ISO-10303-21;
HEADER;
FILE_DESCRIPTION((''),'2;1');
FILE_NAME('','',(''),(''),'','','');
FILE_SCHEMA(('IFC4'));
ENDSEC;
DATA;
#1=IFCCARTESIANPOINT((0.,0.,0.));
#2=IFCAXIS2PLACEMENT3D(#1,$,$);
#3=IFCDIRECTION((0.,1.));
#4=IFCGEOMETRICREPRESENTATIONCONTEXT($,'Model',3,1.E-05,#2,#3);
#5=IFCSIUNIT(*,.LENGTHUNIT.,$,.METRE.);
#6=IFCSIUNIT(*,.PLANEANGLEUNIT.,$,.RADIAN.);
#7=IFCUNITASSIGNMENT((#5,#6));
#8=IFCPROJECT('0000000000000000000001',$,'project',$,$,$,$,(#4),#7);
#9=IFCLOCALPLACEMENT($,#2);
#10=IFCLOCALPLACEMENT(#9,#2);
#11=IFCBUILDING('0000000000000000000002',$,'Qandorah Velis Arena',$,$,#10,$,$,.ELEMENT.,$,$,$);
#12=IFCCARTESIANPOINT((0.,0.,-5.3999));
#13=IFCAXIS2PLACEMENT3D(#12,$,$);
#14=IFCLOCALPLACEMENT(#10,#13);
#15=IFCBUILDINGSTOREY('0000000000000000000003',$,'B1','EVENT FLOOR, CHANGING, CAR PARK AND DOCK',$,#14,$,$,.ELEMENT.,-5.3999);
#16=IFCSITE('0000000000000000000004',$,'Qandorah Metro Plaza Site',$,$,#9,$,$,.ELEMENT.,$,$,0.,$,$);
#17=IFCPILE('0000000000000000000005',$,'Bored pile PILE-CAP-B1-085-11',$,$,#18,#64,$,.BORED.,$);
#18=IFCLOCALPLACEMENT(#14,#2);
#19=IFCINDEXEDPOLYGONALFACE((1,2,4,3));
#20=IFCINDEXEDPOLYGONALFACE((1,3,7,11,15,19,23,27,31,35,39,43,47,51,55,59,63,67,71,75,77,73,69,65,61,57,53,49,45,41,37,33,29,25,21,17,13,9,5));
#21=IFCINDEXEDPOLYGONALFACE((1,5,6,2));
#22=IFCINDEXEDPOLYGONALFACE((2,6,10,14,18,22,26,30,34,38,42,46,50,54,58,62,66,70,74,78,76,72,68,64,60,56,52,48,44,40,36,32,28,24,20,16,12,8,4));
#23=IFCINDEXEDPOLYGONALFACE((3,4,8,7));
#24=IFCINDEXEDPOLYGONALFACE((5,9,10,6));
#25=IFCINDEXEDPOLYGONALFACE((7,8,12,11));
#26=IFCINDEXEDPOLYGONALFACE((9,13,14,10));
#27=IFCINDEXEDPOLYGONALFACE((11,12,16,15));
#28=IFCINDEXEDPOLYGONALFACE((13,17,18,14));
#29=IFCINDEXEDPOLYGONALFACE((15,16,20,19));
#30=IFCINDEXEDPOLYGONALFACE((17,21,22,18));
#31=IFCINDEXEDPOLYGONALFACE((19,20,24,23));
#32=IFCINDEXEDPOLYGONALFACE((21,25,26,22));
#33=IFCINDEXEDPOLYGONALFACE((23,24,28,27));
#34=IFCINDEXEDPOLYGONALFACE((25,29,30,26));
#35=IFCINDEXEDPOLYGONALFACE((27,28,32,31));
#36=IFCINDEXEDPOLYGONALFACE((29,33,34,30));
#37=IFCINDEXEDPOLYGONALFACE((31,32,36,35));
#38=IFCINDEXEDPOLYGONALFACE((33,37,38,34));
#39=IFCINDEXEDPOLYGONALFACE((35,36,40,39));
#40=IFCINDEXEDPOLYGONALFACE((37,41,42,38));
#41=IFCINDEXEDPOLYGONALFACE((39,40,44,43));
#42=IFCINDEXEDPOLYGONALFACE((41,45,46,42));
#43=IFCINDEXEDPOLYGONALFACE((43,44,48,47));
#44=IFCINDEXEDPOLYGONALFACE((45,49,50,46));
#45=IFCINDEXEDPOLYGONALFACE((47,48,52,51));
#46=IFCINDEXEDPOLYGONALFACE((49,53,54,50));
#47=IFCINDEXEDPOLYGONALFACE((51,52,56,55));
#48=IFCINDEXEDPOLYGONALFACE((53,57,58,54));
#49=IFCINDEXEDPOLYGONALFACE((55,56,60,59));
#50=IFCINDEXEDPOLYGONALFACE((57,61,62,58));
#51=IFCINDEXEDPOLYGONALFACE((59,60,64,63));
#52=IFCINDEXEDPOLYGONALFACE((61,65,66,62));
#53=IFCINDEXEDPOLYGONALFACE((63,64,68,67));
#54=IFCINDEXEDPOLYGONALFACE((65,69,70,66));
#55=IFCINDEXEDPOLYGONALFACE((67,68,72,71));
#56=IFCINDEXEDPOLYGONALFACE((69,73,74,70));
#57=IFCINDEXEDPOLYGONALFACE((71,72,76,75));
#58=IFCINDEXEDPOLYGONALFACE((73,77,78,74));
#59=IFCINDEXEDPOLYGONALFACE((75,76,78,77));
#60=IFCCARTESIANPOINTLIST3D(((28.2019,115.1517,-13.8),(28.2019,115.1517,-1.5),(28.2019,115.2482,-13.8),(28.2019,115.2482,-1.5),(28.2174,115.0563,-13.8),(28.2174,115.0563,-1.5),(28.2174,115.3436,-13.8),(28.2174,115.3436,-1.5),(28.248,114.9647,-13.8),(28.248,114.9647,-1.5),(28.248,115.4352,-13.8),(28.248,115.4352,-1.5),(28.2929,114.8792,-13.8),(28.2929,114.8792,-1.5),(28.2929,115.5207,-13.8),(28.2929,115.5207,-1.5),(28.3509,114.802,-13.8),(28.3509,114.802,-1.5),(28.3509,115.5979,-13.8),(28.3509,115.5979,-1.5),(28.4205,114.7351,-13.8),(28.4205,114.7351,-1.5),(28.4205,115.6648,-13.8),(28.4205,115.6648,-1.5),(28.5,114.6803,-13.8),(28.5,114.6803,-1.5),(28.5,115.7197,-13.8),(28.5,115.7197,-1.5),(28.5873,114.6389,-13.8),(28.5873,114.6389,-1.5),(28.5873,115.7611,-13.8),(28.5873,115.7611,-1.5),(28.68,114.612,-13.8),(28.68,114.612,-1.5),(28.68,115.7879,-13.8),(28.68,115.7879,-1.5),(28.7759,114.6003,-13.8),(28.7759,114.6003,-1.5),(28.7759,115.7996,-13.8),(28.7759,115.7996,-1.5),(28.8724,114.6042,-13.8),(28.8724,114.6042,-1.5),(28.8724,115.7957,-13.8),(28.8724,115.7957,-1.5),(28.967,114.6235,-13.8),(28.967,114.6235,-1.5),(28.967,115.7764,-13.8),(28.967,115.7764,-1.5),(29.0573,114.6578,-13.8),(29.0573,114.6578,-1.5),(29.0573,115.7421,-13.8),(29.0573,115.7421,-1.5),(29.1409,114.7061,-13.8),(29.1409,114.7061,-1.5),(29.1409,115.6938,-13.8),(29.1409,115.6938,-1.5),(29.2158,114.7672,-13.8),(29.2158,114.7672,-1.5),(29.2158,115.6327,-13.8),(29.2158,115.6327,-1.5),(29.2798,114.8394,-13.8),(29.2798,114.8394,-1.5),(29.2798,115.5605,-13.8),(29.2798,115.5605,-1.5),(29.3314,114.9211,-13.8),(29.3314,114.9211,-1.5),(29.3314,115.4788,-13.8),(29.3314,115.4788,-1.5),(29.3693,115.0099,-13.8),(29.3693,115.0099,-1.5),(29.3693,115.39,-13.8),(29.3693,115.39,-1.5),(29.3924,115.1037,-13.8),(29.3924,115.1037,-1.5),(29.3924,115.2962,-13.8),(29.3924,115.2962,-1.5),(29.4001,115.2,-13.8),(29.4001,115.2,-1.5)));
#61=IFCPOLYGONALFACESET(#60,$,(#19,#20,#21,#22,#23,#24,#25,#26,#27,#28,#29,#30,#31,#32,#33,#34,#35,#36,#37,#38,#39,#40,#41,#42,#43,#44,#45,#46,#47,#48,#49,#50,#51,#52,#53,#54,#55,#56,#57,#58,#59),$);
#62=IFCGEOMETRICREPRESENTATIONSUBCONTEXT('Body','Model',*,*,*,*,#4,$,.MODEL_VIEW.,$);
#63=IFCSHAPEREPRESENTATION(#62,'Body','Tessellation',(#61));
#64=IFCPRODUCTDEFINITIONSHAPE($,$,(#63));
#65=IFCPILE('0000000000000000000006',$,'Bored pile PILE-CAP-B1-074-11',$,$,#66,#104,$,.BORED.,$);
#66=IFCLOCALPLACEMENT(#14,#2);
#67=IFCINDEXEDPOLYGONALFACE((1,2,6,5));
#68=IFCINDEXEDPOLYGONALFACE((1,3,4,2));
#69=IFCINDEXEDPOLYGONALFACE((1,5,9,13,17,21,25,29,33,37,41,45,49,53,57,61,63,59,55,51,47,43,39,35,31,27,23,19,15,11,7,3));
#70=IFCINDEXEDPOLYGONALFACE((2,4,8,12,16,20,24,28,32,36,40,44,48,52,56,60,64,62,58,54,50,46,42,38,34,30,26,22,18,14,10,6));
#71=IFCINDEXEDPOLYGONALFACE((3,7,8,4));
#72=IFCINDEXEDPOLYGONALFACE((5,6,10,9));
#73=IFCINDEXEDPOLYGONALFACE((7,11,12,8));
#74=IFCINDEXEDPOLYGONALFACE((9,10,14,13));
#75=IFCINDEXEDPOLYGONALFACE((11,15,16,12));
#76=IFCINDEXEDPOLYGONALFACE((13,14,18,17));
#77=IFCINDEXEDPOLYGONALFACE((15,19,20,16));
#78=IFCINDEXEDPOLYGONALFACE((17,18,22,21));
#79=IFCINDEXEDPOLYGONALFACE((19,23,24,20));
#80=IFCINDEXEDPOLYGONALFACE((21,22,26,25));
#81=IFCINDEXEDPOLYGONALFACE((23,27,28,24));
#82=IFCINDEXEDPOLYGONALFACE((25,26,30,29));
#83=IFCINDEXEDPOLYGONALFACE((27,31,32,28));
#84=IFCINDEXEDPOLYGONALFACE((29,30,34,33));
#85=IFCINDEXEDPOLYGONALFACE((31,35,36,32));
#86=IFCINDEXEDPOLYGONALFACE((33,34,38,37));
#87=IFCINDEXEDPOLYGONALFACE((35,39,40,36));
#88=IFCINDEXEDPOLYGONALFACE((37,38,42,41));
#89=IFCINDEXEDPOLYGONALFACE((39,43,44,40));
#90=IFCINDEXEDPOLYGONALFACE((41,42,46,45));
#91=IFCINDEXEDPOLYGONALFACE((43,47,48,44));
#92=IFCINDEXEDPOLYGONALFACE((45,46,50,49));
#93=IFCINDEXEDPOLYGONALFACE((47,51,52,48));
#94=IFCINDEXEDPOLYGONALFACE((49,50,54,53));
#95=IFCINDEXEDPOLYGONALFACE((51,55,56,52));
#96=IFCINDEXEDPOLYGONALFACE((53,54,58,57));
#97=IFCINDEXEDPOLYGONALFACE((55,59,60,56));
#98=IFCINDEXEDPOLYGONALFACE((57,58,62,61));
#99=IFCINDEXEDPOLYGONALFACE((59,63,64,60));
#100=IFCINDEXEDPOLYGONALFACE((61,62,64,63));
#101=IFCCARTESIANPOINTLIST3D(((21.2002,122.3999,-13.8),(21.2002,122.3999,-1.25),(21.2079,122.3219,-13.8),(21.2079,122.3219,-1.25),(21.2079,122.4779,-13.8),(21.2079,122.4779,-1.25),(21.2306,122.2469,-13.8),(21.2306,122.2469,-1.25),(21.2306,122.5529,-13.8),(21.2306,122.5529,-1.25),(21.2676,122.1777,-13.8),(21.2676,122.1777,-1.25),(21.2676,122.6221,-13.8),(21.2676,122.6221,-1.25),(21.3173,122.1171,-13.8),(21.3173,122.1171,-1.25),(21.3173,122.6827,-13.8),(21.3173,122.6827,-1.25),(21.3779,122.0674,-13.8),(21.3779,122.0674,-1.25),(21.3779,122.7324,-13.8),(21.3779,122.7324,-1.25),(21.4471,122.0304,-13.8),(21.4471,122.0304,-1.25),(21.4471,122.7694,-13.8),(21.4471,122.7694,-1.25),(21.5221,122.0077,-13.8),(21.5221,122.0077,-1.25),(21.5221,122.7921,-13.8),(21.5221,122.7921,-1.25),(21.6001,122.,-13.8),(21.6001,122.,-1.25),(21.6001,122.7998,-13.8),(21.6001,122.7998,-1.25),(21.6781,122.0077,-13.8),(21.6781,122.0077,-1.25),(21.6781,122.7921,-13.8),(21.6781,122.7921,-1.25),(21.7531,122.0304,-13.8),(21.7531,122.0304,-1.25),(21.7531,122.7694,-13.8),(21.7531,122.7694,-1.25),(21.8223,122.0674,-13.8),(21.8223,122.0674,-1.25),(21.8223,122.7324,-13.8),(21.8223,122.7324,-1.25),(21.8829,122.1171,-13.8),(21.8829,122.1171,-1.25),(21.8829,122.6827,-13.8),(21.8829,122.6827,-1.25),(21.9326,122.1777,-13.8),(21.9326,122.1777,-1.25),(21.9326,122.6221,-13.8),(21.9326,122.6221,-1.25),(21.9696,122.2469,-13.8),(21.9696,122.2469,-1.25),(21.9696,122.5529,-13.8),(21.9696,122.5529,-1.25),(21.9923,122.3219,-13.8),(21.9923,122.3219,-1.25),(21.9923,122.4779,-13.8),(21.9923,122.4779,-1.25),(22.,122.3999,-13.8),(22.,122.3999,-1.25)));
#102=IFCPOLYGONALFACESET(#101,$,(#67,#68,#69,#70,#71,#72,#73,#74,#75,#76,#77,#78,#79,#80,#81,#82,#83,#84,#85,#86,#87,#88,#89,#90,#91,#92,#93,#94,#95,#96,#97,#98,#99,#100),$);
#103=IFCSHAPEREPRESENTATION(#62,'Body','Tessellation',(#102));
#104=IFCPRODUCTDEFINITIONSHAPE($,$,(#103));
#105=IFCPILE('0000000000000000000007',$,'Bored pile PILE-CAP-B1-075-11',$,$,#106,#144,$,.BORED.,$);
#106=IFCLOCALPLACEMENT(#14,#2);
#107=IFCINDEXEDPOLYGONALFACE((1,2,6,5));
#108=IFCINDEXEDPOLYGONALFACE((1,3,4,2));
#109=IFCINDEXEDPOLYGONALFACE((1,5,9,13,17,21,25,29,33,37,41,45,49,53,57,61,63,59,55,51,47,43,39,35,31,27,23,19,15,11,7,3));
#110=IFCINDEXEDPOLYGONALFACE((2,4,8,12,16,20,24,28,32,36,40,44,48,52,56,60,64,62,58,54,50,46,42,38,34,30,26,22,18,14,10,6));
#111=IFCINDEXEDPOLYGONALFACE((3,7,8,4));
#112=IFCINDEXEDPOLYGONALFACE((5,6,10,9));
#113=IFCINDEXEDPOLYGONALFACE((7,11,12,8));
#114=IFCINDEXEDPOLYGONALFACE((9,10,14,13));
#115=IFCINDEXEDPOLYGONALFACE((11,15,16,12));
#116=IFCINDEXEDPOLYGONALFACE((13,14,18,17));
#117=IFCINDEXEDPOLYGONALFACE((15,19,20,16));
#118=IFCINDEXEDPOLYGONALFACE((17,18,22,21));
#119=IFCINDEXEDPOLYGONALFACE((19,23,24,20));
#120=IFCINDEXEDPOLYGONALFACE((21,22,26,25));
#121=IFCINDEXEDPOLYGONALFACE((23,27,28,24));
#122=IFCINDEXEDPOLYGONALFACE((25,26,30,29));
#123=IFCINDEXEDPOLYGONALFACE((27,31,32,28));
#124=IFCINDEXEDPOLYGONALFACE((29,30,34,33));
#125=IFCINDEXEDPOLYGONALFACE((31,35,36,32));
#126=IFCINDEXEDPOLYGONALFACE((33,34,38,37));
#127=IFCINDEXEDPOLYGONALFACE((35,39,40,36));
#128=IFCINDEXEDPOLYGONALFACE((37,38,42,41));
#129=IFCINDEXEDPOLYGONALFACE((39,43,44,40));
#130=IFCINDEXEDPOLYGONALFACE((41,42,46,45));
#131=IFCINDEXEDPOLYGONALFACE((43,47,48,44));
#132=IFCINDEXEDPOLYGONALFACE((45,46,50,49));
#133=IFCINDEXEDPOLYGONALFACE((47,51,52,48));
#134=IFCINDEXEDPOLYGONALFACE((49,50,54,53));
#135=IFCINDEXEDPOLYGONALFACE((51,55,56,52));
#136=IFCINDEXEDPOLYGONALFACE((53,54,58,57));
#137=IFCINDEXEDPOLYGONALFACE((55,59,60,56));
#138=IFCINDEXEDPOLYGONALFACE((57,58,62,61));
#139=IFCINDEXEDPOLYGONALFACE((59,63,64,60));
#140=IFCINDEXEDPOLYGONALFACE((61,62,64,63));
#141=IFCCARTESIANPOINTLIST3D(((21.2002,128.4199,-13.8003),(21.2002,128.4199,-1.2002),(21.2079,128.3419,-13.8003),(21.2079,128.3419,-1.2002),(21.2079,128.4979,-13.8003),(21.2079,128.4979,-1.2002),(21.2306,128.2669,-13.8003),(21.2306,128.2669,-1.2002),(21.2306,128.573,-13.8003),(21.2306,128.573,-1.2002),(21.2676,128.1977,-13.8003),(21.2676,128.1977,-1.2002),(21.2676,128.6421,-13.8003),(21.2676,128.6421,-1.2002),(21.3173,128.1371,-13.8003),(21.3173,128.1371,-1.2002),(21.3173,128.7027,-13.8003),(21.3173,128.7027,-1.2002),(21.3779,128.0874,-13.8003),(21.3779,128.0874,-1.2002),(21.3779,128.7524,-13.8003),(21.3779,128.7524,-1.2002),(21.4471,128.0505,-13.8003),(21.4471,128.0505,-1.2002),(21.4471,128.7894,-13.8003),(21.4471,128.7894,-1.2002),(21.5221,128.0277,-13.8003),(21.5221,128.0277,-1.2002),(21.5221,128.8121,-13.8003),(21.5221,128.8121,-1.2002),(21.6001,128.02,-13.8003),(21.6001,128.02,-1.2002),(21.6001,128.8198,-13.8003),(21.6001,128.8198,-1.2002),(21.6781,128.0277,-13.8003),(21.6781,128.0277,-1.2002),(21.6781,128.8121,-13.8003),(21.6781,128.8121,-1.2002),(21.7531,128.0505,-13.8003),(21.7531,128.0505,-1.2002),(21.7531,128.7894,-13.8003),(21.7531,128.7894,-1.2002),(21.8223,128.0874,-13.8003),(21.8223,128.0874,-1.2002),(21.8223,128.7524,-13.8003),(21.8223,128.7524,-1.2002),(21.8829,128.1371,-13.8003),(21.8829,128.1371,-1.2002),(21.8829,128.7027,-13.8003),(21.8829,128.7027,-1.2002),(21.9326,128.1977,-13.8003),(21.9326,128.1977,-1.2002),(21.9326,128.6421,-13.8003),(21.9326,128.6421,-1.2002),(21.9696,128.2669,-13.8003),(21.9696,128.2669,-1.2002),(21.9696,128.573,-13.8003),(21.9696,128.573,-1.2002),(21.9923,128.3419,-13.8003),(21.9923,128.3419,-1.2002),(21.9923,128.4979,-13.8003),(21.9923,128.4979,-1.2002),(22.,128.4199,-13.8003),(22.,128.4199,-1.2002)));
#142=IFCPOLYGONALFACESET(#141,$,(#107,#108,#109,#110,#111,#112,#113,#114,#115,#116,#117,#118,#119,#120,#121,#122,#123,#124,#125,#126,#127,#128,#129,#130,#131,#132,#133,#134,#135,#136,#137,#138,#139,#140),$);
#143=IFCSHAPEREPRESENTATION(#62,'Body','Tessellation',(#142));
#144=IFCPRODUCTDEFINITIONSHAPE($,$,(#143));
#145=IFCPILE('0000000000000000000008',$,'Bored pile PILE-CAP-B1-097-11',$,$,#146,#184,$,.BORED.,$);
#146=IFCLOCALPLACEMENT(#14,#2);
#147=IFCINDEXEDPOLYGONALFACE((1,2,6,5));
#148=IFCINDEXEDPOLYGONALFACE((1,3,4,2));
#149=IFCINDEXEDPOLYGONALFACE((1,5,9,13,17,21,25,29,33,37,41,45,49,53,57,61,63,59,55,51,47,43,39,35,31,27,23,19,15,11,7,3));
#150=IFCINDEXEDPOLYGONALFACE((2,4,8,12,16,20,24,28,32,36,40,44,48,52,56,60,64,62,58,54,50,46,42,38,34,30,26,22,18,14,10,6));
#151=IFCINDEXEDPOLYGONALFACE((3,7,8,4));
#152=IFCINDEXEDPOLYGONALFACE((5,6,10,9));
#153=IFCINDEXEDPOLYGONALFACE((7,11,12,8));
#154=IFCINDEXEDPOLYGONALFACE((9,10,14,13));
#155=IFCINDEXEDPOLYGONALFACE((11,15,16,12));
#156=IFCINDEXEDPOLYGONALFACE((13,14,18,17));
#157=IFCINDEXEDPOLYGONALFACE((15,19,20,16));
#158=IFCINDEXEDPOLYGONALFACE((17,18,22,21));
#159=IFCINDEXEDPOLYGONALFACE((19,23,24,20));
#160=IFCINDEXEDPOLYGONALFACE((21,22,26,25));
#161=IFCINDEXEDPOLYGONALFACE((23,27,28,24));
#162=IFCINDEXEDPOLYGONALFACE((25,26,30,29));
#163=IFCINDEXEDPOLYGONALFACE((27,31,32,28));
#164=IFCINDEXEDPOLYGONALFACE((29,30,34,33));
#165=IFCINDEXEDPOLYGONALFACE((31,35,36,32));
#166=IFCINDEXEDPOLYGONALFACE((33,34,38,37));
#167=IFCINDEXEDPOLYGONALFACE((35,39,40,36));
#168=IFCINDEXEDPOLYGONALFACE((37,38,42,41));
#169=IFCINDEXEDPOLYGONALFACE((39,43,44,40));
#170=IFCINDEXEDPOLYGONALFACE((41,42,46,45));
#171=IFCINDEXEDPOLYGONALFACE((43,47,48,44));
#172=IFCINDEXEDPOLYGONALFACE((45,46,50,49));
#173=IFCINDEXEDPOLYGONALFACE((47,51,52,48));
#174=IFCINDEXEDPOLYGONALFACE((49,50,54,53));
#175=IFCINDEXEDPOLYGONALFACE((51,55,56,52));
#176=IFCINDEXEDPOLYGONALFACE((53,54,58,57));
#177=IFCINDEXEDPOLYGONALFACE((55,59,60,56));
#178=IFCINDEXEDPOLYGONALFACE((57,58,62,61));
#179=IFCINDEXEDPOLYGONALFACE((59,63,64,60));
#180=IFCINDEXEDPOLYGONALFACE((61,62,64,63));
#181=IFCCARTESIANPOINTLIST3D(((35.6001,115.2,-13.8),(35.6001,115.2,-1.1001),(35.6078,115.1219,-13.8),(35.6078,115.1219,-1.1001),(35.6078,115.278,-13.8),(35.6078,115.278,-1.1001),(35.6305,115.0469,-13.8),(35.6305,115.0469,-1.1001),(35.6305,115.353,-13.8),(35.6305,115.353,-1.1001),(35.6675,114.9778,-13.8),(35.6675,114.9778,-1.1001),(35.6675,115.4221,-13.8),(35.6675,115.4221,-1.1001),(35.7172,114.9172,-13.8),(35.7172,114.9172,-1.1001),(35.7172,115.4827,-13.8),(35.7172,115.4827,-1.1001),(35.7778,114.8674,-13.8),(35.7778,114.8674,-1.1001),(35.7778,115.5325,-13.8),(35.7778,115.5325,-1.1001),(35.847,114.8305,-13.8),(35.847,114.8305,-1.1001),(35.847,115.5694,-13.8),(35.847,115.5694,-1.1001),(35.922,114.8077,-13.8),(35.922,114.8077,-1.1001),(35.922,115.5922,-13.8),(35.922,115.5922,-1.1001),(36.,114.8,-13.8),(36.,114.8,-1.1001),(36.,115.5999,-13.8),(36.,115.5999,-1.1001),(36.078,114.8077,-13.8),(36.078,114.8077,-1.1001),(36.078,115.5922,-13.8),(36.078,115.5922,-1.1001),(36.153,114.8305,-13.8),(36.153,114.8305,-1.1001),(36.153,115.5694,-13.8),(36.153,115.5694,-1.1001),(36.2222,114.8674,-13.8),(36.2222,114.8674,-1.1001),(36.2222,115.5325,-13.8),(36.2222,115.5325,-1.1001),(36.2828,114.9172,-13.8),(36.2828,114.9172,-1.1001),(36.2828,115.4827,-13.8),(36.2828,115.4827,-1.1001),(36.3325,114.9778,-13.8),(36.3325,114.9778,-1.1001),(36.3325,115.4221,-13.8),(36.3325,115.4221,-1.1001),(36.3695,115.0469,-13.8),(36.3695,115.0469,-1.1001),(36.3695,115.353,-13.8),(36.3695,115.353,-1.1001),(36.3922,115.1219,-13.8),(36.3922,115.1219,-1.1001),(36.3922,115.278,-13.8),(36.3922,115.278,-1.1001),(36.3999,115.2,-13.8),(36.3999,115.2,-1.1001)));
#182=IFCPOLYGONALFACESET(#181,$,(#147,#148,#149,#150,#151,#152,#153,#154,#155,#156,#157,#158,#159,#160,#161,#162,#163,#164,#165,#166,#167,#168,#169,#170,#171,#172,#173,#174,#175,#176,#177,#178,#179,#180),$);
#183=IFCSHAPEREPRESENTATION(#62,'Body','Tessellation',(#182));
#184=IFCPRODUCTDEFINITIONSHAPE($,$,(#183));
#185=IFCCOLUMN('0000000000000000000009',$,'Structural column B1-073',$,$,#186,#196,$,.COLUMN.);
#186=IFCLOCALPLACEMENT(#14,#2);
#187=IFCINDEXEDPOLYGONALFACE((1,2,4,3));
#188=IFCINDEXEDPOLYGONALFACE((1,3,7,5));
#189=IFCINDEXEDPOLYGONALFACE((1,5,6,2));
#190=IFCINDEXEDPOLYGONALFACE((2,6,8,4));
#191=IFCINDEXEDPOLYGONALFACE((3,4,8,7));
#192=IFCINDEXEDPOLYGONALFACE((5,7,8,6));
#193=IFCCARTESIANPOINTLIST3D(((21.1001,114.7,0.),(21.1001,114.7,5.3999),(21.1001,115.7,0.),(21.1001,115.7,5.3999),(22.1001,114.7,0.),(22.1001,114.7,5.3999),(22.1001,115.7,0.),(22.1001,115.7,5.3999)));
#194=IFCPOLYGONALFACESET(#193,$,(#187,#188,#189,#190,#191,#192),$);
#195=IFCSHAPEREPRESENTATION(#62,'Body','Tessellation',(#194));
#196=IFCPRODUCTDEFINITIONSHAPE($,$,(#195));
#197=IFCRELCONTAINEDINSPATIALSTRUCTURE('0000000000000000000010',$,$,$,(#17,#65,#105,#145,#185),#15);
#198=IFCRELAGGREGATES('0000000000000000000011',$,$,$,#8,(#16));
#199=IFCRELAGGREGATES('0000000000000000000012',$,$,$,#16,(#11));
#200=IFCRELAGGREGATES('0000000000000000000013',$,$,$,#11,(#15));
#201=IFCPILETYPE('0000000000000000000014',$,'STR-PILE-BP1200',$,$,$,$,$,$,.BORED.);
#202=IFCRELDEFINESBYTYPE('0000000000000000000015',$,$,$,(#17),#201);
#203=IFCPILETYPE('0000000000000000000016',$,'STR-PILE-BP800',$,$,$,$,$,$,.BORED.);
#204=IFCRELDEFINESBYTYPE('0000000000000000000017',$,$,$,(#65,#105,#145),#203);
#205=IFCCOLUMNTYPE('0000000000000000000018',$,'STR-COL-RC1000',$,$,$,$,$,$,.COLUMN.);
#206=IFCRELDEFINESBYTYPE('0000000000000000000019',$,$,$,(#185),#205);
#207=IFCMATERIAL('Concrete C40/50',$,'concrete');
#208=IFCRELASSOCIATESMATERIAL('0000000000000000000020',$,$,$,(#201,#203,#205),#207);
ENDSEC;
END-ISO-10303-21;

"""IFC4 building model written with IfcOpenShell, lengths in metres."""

from ifc_helpers import new_model, si_unit, direction, frame, origin, origin_2d, place, context, subcontext, project, spatial, rectangle, circle, extrude, material, material_profile, profile_set, type_object, element, save


model = new_model("IFC4")

# Units and contexts
model_context = context("Model", 3, precision=1e-05, world=origin(), true_north=direction((0.0, 1.0)))
body_context = subcontext(model_context, "Body", "Model", "MODEL_VIEW")
ifc_project = project(units=[si_unit("LENGTHUNIT", "METRE"), si_unit("PLANEANGLEUNIT", "RADIAN")], contexts=[model_context])

# Site, building, storey
site_placement = place(None, origin())
site = spatial("IfcSite", under=ifc_project, at=site_placement, Name="Qandorah Metro Plaza Site", CompositionType="ELEMENT", RefElevation=0.0)
building_placement = place(site_placement, origin())
building = spatial("IfcBuilding", under=site, at=building_placement, Name="Qandorah Velis Arena", CompositionType="ELEMENT")
storey_placement = place(building_placement, frame((0.0, 0.0, -5.3999)))
storey = spatial("IfcBuildingStorey", under=building, at=storey_placement, Name="B1", Description="EVENT FLOOR, CHANGING, CAR PARK AND DOCK", CompositionType="ELEMENT", Elevation=-5.3999)

# Shared definitions
ifc_material_1 = material(Name="Concrete C40/50", Category="concrete")

# Piles
ifc_material_profile_1 = material_profile(ifc_material_1, circle(Radius=0.6001, at=origin_2d()), Name="BORED PILE D1200")
ifc_profile_set_1 = profile_set([ifc_material_profile_1], Name="Concrete C40/50")
pile_type_1 = type_object("IfcPileType", Name="STR-PILE-BP1200", PredefinedType="BORED", material=ifc_profile_set_1)
pile_1_placement = place(storey_placement, frame((28.8, 115.2, -1.5), z_axis=(0.0, 0.0, -1.0), x_axis=(1.0, 0.0, 0.0)))
element("IfcPile", 1, at=pile_1_placement, inside=storey, type_object=pile_type_1, Name="Bored pile PILE-CAP-B1-085-11", PredefinedType="BORED", context=body_context, shape_type="SweptSolid", body=[
    extrude(circle(Radius=0.6001, at=origin_2d()), origin(), (0.0, 0.0, 1.0), 12.3),
])
ifc_material_profile_2 = material_profile(ifc_material_1, circle(Radius=0.3999, at=origin_2d()), Name="BORED PILE D800")
ifc_profile_set_2 = profile_set([ifc_material_profile_2], Name="Concrete C40/50")
pile_type_2 = type_object("IfcPileType", Name="STR-PILE-BP800", PredefinedType="BORED", material=ifc_profile_set_2)
pile_2_placement = place(storey_placement, frame((21.6001, 122.3999, -1.25), z_axis=(0.0, 0.0, -1.0), x_axis=(1.0, 0.0, 0.0)))
element("IfcPile", 2, at=pile_2_placement, inside=storey, type_object=pile_type_2, Name="Bored pile PILE-CAP-B1-074-11", PredefinedType="BORED", context=body_context, shape_type="SweptSolid", body=[
    extrude(circle(Radius=0.3999, at=origin_2d()), origin(), (0.0, 0.0, 1.0), 12.55),
])
pile_3_placement = place(storey_placement, frame((21.6001, 128.4199, -1.2002), z_axis=(0.0, 0.0, -1.0), x_axis=(1.0, 0.0, 0.0)))
element("IfcPile", 3, at=pile_3_placement, inside=storey, type_object=pile_type_2, Name="Bored pile PILE-CAP-B1-075-11", PredefinedType="BORED", context=body_context, shape_type="SweptSolid", body=[
    extrude(circle(Radius=0.3999, at=origin_2d()), origin(), (0.0, 0.0, 1.0), 12.6001),
])
pile_4_placement = place(storey_placement, frame((36.0, 115.2, -1.1001), z_axis=(0.0, 0.0, -1.0), x_axis=(1.0, 0.0, 0.0)))
element("IfcPile", 4, at=pile_4_placement, inside=storey, type_object=pile_type_2, Name="Bored pile PILE-CAP-B1-097-11", PredefinedType="BORED", context=body_context, shape_type="SweptSolid", body=[
    extrude(circle(Radius=0.3999, at=origin_2d()), origin(), (0.0, 0.0, 1.0), 12.7),
])

# Column
ifc_material_profile_3 = material_profile(ifc_material_1, rectangle(XDim=1.0, YDim=1.0, at=origin_2d()), Name="RC COL 1000x1000")
ifc_profile_set_3 = profile_set([ifc_material_profile_3], Name="Concrete C40/50")
column_type_1 = type_object("IfcColumnType", Name="STR-COL-RC1000", PredefinedType="COLUMN", material=ifc_profile_set_3)
for number, where, z_axis, x_axis, name in (
    (5, (21.6001, 115.2, 0.0), (0.0, 0.0, 1.0), (1.0, 0.0, 0.0), "Structural column B1-073"),
):
    element("IfcColumn", number, at=place(storey_placement, frame(where, z_axis=z_axis, x_axis=x_axis)), inside=storey, type_object=column_type_1, Name=name, PredefinedType="COLUMN", context=body_context, shape_type="SweptSolid", body=[
        extrude(rectangle(XDim=1.0, YDim=1.0, at=origin_2d()), origin(), (0.0, 0.0, 1.0), 5.3999),
    ])

save(model, "model.ifc")
